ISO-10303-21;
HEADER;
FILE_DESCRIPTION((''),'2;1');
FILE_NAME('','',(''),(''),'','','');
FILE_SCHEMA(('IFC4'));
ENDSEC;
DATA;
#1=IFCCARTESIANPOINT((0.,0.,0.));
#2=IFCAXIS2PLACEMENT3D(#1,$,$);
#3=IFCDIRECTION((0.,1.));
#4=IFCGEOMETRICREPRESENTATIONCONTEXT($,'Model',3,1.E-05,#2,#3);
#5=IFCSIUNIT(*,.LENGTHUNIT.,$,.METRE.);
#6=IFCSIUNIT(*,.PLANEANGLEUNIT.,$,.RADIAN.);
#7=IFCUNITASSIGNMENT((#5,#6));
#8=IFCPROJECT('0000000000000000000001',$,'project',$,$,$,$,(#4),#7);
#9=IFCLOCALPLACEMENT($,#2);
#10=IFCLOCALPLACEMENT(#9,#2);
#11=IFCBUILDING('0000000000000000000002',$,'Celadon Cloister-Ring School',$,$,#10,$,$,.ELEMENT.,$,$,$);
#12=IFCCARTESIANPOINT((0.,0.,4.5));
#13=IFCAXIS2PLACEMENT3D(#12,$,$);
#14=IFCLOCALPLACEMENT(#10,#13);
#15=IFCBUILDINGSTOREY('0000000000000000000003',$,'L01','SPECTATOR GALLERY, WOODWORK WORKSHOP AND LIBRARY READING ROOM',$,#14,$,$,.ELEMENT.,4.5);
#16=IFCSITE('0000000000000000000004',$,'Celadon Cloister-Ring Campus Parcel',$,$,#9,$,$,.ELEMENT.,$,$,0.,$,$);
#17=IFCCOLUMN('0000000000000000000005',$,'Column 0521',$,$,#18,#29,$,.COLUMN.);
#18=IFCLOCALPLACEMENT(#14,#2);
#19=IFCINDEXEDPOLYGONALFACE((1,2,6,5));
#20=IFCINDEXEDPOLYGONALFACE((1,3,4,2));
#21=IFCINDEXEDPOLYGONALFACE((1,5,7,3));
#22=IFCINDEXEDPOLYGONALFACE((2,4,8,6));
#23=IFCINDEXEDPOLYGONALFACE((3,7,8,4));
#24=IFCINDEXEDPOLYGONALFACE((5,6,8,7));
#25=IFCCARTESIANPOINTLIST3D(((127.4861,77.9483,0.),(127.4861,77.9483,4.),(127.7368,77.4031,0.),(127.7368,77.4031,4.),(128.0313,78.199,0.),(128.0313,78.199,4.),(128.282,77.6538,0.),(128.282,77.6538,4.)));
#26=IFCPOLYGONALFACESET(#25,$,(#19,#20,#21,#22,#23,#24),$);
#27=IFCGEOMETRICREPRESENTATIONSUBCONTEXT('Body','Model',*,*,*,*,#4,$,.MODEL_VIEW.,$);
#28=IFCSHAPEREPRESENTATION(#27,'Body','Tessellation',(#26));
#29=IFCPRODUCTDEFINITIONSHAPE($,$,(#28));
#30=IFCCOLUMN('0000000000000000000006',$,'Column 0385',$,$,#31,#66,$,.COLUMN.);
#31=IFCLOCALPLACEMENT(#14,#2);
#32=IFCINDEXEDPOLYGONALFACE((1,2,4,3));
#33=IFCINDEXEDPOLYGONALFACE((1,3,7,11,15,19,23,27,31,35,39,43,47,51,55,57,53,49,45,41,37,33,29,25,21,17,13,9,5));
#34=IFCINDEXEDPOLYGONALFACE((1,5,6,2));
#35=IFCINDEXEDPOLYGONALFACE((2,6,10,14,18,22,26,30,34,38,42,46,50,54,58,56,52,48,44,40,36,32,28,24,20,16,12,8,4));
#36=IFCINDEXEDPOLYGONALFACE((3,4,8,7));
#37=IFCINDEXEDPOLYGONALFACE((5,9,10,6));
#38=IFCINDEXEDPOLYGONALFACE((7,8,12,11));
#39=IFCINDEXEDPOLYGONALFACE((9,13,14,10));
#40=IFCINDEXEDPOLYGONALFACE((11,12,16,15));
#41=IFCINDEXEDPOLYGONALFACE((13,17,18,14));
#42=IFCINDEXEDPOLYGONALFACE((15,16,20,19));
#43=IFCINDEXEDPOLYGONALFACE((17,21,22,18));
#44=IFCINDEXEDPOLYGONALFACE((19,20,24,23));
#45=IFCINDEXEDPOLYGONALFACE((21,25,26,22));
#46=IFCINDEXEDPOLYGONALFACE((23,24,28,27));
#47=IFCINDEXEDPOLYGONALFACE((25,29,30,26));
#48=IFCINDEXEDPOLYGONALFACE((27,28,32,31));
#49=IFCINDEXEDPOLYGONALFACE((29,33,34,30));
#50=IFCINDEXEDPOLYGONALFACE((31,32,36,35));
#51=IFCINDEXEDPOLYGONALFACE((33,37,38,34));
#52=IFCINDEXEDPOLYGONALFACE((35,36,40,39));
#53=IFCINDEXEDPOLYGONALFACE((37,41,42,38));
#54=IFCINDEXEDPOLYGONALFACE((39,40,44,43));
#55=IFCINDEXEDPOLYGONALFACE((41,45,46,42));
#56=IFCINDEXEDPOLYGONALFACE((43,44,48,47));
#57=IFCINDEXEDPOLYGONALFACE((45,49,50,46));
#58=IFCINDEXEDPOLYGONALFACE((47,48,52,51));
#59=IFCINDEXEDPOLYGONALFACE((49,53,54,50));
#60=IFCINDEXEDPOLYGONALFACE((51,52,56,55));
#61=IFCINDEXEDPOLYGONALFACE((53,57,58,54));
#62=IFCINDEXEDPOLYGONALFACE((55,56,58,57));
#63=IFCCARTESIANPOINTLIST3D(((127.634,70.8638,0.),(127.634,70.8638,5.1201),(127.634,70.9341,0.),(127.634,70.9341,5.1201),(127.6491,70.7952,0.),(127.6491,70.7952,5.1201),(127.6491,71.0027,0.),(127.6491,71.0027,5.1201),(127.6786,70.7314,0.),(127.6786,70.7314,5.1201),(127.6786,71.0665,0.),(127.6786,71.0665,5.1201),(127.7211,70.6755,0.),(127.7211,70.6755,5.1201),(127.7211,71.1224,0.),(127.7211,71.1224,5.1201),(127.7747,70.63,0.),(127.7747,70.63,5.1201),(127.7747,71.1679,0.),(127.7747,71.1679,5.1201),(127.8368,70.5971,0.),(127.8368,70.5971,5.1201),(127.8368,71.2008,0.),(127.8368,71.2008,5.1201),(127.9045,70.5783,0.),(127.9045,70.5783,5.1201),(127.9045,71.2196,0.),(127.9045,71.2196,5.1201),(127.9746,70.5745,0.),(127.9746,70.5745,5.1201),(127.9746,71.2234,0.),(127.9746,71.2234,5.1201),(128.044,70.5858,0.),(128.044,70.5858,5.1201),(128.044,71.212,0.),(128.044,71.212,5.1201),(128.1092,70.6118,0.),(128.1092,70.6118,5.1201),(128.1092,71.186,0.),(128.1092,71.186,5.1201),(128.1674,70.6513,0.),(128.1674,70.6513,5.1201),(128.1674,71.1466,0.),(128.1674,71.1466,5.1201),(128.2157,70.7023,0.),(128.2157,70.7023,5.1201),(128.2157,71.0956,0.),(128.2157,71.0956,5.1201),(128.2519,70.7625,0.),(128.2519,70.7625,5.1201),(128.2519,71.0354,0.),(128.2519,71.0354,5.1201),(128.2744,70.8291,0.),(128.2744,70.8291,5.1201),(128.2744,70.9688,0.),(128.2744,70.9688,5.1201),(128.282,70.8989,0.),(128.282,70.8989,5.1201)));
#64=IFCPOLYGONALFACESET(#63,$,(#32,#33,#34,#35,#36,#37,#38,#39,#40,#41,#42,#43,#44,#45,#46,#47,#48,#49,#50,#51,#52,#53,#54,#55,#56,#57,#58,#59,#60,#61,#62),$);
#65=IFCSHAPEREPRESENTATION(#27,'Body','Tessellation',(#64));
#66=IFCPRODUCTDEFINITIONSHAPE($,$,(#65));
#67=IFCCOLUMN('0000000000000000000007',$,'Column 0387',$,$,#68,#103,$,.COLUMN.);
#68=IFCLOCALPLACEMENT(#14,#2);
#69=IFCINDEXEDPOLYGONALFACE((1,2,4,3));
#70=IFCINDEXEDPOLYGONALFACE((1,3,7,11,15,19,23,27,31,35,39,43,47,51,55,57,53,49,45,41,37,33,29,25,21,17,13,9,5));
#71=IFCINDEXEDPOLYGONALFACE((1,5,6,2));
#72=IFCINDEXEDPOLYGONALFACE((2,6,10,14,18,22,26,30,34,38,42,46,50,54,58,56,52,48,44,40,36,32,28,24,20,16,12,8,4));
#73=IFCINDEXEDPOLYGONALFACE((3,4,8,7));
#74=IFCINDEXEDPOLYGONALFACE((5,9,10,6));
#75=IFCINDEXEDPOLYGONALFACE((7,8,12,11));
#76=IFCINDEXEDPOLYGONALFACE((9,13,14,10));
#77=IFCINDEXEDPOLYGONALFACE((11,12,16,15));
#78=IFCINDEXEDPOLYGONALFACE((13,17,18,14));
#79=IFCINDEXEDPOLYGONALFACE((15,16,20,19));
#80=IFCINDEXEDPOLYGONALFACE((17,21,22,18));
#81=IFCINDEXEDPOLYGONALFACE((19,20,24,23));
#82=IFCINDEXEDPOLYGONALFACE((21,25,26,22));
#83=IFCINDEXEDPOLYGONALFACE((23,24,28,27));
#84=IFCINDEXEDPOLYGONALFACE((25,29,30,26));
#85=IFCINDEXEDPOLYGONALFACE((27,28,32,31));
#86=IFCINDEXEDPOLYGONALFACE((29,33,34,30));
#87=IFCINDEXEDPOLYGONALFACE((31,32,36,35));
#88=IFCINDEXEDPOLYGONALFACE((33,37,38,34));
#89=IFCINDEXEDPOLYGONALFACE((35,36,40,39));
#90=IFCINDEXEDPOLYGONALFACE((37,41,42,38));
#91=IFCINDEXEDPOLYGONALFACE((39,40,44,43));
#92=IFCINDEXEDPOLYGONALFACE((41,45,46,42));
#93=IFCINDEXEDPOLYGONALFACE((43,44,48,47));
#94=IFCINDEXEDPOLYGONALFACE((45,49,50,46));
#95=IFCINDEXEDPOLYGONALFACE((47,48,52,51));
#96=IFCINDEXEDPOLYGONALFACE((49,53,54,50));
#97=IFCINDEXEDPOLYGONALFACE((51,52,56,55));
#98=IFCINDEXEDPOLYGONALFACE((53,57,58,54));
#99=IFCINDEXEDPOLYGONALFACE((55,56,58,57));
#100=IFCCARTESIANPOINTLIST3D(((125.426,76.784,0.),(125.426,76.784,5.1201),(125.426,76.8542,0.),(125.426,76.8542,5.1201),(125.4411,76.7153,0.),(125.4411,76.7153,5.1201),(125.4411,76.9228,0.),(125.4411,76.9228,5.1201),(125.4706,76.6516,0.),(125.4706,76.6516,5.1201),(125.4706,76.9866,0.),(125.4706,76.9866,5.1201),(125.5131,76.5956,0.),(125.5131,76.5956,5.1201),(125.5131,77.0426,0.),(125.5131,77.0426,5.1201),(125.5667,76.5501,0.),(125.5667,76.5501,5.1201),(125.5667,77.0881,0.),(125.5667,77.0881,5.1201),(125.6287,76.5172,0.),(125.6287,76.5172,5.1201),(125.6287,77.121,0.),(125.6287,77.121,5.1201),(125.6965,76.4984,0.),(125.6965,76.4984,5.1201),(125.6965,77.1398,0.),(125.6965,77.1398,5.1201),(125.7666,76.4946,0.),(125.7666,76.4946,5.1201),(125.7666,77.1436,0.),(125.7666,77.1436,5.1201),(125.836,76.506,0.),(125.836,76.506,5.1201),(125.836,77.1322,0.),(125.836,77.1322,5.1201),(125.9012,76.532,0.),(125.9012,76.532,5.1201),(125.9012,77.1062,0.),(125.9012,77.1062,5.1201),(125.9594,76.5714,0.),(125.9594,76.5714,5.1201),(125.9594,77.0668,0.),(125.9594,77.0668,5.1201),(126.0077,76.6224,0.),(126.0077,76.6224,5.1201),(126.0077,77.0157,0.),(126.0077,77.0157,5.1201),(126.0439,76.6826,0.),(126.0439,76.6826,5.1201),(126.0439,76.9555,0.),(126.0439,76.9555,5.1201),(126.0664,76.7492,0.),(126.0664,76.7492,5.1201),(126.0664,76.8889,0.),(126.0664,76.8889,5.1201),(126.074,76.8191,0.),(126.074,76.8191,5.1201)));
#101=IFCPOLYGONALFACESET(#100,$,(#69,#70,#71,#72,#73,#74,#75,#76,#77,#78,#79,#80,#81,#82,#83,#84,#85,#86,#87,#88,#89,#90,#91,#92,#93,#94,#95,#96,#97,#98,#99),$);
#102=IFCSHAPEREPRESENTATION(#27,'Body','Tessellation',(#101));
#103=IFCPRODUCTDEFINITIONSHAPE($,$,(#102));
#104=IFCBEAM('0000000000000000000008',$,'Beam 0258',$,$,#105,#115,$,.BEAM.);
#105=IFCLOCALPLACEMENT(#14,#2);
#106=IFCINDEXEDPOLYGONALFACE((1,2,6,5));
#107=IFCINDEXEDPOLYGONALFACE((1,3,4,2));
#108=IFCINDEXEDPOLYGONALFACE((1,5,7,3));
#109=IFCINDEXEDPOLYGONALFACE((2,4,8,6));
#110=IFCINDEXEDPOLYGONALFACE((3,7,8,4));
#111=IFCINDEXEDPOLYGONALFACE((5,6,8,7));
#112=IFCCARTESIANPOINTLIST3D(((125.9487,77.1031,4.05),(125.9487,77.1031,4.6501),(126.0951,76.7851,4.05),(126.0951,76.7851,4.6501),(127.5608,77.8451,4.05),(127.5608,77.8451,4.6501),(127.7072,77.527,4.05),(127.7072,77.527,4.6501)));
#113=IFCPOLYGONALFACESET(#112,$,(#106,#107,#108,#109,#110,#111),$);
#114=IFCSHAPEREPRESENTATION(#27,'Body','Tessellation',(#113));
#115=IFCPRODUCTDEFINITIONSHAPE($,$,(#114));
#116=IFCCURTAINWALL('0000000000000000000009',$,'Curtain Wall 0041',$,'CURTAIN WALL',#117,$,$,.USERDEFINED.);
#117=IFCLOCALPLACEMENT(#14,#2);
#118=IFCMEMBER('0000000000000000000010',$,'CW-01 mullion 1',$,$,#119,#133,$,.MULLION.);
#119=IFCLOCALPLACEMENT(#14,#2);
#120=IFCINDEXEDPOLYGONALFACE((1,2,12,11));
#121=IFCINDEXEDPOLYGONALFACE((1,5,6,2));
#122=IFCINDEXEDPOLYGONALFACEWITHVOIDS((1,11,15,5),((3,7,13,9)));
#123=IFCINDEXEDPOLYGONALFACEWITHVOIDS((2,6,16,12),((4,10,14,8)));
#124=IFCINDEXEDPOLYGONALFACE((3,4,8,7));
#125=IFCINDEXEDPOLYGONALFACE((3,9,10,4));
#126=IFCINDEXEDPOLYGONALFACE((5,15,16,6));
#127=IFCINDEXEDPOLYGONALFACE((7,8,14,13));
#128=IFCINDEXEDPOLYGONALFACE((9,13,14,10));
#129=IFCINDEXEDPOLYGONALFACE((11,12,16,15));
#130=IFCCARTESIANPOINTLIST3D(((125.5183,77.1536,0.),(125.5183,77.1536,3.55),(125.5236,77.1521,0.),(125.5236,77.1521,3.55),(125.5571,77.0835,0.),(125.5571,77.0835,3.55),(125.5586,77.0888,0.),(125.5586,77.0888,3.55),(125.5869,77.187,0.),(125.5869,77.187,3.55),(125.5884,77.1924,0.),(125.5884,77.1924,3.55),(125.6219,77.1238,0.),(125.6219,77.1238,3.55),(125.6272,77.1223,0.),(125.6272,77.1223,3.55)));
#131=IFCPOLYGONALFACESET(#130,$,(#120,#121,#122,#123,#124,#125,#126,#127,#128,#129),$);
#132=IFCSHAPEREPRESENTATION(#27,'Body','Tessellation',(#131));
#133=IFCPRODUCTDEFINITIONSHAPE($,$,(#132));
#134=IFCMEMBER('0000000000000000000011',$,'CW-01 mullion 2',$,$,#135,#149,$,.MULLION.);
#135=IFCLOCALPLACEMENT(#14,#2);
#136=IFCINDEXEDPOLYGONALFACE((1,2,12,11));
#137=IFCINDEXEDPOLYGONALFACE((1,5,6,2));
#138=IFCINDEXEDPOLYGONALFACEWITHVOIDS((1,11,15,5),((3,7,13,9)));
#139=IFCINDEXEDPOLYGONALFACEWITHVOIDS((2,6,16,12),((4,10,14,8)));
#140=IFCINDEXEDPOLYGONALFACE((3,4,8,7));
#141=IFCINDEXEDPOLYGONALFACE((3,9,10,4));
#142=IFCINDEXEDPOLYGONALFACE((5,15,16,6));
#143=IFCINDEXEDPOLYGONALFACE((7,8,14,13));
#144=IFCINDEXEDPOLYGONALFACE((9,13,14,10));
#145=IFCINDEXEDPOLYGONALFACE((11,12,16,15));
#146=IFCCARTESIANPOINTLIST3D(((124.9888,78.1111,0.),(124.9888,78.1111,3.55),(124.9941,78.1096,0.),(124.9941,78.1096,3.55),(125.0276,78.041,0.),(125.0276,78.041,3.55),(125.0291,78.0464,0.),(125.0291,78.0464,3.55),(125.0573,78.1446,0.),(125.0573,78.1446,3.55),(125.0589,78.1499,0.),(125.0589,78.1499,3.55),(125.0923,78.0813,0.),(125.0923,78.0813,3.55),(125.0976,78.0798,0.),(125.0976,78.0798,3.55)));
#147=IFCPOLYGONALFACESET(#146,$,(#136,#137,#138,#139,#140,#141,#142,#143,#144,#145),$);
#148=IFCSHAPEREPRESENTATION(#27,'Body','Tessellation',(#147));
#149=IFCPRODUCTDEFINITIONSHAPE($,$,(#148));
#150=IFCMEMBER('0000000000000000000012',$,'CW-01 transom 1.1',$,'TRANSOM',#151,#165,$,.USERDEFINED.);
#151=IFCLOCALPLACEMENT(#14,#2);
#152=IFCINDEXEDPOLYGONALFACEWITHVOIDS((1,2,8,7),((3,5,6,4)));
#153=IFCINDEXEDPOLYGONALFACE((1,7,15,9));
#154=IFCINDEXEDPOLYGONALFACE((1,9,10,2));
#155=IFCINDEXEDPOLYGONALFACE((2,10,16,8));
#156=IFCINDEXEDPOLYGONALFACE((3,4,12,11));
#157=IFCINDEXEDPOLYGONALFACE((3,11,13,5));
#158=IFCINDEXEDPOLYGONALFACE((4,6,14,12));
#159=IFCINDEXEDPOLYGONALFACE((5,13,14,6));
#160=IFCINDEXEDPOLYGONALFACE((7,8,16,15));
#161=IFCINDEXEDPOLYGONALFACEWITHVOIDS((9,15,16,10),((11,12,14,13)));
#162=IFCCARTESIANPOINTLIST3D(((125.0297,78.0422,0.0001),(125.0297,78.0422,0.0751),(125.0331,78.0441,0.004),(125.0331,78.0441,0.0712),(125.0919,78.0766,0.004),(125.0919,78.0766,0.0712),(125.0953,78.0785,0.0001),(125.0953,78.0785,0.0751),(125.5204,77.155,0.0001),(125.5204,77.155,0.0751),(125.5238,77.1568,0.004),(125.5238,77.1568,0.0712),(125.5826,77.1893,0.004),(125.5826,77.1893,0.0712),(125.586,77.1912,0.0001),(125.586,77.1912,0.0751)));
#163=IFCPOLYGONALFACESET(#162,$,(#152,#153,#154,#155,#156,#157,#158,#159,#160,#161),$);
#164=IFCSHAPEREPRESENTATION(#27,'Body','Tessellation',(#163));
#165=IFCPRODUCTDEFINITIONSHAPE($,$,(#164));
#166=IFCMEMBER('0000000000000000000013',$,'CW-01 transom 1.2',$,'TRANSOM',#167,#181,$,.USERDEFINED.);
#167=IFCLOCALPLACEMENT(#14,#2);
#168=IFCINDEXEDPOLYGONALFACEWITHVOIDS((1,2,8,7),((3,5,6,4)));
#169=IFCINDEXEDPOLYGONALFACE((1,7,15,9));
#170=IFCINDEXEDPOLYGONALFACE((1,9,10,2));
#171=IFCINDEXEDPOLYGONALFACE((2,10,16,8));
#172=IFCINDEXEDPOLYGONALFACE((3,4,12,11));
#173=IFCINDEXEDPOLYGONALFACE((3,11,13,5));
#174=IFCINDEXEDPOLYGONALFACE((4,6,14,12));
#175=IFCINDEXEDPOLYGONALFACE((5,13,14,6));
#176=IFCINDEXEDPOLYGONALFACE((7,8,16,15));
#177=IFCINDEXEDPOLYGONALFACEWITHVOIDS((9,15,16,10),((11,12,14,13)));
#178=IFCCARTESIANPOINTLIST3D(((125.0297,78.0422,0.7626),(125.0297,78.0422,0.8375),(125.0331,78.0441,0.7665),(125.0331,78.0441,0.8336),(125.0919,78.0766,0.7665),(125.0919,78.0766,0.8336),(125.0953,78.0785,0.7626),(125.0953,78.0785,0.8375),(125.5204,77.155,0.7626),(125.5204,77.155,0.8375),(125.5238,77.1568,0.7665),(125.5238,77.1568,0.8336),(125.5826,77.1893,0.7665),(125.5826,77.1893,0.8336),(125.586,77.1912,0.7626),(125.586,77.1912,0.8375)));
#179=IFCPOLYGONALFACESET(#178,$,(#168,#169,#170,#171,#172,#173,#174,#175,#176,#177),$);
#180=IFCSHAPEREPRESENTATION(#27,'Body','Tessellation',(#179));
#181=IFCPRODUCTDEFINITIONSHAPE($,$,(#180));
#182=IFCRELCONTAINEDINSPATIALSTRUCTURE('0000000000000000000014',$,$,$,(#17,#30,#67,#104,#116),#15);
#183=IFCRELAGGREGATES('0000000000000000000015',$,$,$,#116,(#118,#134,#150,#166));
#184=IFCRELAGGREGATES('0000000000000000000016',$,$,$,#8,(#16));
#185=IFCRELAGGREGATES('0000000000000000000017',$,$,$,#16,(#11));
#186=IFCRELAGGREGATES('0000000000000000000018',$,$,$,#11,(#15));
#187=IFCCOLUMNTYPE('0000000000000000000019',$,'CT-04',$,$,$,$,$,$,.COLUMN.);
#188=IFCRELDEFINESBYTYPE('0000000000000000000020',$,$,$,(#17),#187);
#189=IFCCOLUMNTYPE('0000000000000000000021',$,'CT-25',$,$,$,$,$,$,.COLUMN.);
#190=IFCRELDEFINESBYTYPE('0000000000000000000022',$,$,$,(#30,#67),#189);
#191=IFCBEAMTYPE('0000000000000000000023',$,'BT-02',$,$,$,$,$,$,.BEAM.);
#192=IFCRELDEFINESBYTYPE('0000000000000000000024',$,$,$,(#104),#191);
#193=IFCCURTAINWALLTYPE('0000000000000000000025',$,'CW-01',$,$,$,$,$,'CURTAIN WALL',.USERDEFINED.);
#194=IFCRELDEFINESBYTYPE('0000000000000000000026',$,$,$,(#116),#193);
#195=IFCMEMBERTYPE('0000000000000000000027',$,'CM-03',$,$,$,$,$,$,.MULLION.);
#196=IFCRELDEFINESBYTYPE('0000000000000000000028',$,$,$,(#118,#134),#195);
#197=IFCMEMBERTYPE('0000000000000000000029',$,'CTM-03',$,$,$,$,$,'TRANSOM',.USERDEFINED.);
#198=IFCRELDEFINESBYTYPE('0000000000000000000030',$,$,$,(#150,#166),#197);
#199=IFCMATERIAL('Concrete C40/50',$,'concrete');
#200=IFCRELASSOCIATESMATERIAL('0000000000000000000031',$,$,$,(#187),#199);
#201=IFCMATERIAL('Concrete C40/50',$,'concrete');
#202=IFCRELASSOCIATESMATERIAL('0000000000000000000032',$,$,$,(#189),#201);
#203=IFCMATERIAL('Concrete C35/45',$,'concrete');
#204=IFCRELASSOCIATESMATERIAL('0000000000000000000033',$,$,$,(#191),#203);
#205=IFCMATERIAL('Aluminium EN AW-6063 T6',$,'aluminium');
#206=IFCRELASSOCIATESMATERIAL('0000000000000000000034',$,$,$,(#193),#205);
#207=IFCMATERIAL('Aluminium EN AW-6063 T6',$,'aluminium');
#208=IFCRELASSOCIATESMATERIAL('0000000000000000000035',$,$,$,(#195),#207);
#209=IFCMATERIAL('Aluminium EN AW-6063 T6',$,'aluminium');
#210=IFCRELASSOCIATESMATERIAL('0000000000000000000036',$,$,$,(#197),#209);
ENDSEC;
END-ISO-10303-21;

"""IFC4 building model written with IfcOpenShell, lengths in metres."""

from ifc_helpers import new_model, si_unit, direction, frame, origin, origin_2d, place, context, subcontext, project, spatial, rectangle, hollow_rectangle, circle, extrude, material, material_profile, profile_set, type_object, element, aggregate, save


model = new_model("IFC4")

# Units and contexts
model_context = context("Model", 3, precision=1e-05, world=origin(), true_north=direction((0.0, 1.0)))
body_context = subcontext(model_context, "Body", "Model", "MODEL_VIEW")
ifc_project = project(units=[si_unit("LENGTHUNIT", "METRE"), si_unit("PLANEANGLEUNIT", "RADIAN")], contexts=[model_context])

# Site, building, storey
site_placement = place(None, origin())
site = spatial("IfcSite", under=ifc_project, at=site_placement, Name="Celadon Cloister-Ring Campus Parcel", CompositionType="ELEMENT", RefElevation=0.0)
building_placement = place(site_placement, origin())
building = spatial("IfcBuilding", under=site, at=building_placement, Name="Celadon Cloister-Ring School", CompositionType="ELEMENT")
storey_placement = place(building_placement, frame((0.0, 0.0, 4.5)))
storey = spatial("IfcBuildingStorey", under=building, at=storey_placement, Name="L01", Description="SPECTATOR GALLERY, WOODWORK WORKSHOP AND LIBRARY READING ROOM", CompositionType="ELEMENT", Elevation=4.5)

# Columns
ifc_material_1 = material(Name="Concrete C40/50", Category="concrete")
ifc_material_profile_1 = material_profile(ifc_material_1, rectangle(XDim=0.6001, YDim=0.6001, at=origin_2d()), Name="RC600X600")
ifc_profile_set_1 = profile_set([ifc_material_profile_1], Name="Concrete C40/50")
column_type_1 = type_object("IfcColumnType", Name="CT-04", PredefinedType="COLUMN", material=ifc_profile_set_1)
column_placement = place(storey_placement, frame((127.884, 77.801, 0.0), z_axis=(0.0, 0.0, 1.0), x_axis=(0.908537, 0.417804, 0.0)))
element("IfcColumn", 1, at=column_placement, inside=storey, type_object=column_type_1, Name="Column 0521", PredefinedType="COLUMN", context=body_context, shape_type="SweptSolid", body=[
    extrude(rectangle(XDim=0.6001, YDim=0.6001, at=origin_2d()), origin(), (0.0, 0.0, 1.0), 4.0),
])
ifc_material_2 = material(Name="Concrete C40/50", Category="concrete")
ifc_material_profile_2 = material_profile(ifc_material_2, circle(Radius=0.325, at=origin_2d()), Name="CIRC650")
ifc_profile_set_2 = profile_set([ifc_material_profile_2], Name="Concrete C40/50")
column_type_2 = type_object("IfcColumnType", Name="CT-25", PredefinedType="COLUMN", material=ifc_profile_set_2)
for number, where, z_axis, x_axis, name in (
    (2, (127.957, 70.8989, 0.0), (0.0, 0.0, 1.0), (1.0, 0.0, 0.0), "Column 0385"),
    (3, (125.749, 76.8191, 0.0), (0.0, 0.0, 1.0), (1.0, 0.0, 0.0), "Column 0387"),
):
    element("IfcColumn", number, at=place(storey_placement, frame(where, z_axis=z_axis, x_axis=x_axis)), inside=storey, type_object=column_type_2, Name=name, PredefinedType="COLUMN", context=body_context, shape_type="SweptSolid", body=[
        extrude(circle(Radius=0.325, at=origin_2d()), origin(), (0.0, 0.0, 1.0), 5.1201),
    ])

# Beam
ifc_material_3 = material(Name="Concrete C35/45", Category="concrete")
ifc_material_profile_3 = material_profile(ifc_material_3, rectangle(XDim=0.3501, YDim=0.6001, at=origin_2d()), Name="RC350X600")
ifc_profile_set_3 = profile_set([ifc_material_profile_3], Name="Concrete C35/45")
beam_type_1 = type_object("IfcBeamType", Name="BT-02", PredefinedType="BEAM", material=ifc_profile_set_3)
beam_1_placement = place(storey_placement, frame((127.634, 77.686, 4.3501), z_axis=(-0.908406, -0.41809, 0.0), x_axis=(0.41809, -0.908406, 0.0)))
element("IfcBeam", 4, at=beam_1_placement, inside=storey, type_object=beam_type_1, Name="Beam 0258", PredefinedType="BEAM", context=body_context, shape_type="SweptSolid", body=[
    extrude(rectangle(XDim=0.3501, YDim=0.6001, at=origin_2d()), origin(), (0.0, 0.0, 1.0), 1.7747),
])

# Curtain wall, members
ifc_material_4 = material(Name="Aluminium EN AW-6063 T6", Category="aluminium")
curtain_wall_type = type_object("IfcCurtainWallType", Name="CW-01", ElementType="CURTAIN WALL", PredefinedType="USERDEFINED", material=ifc_material_4)
curtain_wall_placement = place(storey_placement, origin())
curtain_wall = element("IfcCurtainWall", 5, at=curtain_wall_placement, inside=storey, type_object=curtain_wall_type, Name="Curtain Wall 0041", ObjectType="CURTAIN WALL", PredefinedType="USERDEFINED")
ifc_material_5 = material(Name="Aluminium EN AW-6063 T6", Category="aluminium")
ifc_material_profile_4 = material_profile(ifc_material_5, hollow_rectangle(XDim=0.0801, YDim=0.0801, WallThickness=0.0039, at=origin_2d()), Name="RHS80X80X4")
ifc_profile_set_4 = profile_set([ifc_material_profile_4], Name="Aluminium EN AW-6063 T6")
member_type_1 = type_object("IfcMemberType", Name="CM-03", PredefinedType="MULLION", material=ifc_profile_set_4)
member_1_placement = place(storey_placement, frame((125.5728, 77.1379, 0.0), z_axis=(0.0, 0.0, 1.0), x_axis=(-0.875104, -0.483935, 0.0)))
member_1 = element("IfcMember", 6, at=member_1_placement, type_object=member_type_1, Name="CW-01 mullion 1", PredefinedType="MULLION", context=body_context, shape_type="SweptSolid", body=[
    extrude(hollow_rectangle(XDim=0.0801, YDim=0.0801, WallThickness=0.0039, at=origin_2d()), origin(), (0.0, 0.0, 1.0), 3.55),
])
member_2_placement = place(storey_placement, frame((125.0432, 78.0955, 0.0), z_axis=(0.0, 0.0, 1.0), x_axis=(-0.875104, -0.483935, 0.0)))
member_2 = element("IfcMember", 7, at=member_2_placement, type_object=member_type_1, Name="CW-01 mullion 2", PredefinedType="MULLION", context=body_context, shape_type="SweptSolid", body=[
    extrude(hollow_rectangle(XDim=0.0801, YDim=0.0801, WallThickness=0.0039, at=origin_2d()), origin(), (0.0, 0.0, 1.0), 3.55),
])
ifc_material_6 = material(Name="Aluminium EN AW-6063 T6", Category="aluminium")
ifc_material_profile_5 = material_profile(ifc_material_6, hollow_rectangle(XDim=0.075, YDim=0.075, WallThickness=0.0039, at=origin_2d()), Name="RHS75X75X4")
ifc_profile_set_5 = profile_set([ifc_material_profile_5], Name="Aluminium EN AW-6063 T6")
member_type_2 = type_object("IfcMemberType", Name="CTM-03", ElementType="TRANSOM", PredefinedType="USERDEFINED", material=ifc_profile_set_5)
member_3_placement = place(storey_placement, frame((125.5532, 77.1731, 0.0376), z_axis=(-0.484006, 0.875064, 0.0), x_axis=(-0.875064, -0.484006, 0.0)))
member_3 = element("IfcMember", 8, at=member_3_placement, type_object=member_type_2, Name="CW-01 transom 1.1", ObjectType="TRANSOM", PredefinedType="USERDEFINED", context=body_context, shape_type="SweptSolid", body=[
    extrude(hollow_rectangle(XDim=0.075, YDim=0.075, WallThickness=0.0039, at=origin_2d()), origin(), (0.0, 0.0, 1.0), 1.0139),
])
member_4_placement = place(storey_placement, frame((125.5532, 77.1731, 0.8), z_axis=(-0.484006, 0.875064, 0.0), x_axis=(-0.875064, -0.484006, 0.0)))
member_4 = element("IfcMember", 9, at=member_4_placement, type_object=member_type_2, Name="CW-01 transom 1.2", ObjectType="TRANSOM", PredefinedType="USERDEFINED", context=body_context, shape_type="SweptSolid", body=[
    extrude(hollow_rectangle(XDim=0.075, YDim=0.075, WallThickness=0.0039, at=origin_2d()), origin(), (0.0, 0.0, 1.0), 1.0139),
])

aggregate(curtain_wall, [member_1, member_2, member_3, member_4])

save(model, "model.ifc")
